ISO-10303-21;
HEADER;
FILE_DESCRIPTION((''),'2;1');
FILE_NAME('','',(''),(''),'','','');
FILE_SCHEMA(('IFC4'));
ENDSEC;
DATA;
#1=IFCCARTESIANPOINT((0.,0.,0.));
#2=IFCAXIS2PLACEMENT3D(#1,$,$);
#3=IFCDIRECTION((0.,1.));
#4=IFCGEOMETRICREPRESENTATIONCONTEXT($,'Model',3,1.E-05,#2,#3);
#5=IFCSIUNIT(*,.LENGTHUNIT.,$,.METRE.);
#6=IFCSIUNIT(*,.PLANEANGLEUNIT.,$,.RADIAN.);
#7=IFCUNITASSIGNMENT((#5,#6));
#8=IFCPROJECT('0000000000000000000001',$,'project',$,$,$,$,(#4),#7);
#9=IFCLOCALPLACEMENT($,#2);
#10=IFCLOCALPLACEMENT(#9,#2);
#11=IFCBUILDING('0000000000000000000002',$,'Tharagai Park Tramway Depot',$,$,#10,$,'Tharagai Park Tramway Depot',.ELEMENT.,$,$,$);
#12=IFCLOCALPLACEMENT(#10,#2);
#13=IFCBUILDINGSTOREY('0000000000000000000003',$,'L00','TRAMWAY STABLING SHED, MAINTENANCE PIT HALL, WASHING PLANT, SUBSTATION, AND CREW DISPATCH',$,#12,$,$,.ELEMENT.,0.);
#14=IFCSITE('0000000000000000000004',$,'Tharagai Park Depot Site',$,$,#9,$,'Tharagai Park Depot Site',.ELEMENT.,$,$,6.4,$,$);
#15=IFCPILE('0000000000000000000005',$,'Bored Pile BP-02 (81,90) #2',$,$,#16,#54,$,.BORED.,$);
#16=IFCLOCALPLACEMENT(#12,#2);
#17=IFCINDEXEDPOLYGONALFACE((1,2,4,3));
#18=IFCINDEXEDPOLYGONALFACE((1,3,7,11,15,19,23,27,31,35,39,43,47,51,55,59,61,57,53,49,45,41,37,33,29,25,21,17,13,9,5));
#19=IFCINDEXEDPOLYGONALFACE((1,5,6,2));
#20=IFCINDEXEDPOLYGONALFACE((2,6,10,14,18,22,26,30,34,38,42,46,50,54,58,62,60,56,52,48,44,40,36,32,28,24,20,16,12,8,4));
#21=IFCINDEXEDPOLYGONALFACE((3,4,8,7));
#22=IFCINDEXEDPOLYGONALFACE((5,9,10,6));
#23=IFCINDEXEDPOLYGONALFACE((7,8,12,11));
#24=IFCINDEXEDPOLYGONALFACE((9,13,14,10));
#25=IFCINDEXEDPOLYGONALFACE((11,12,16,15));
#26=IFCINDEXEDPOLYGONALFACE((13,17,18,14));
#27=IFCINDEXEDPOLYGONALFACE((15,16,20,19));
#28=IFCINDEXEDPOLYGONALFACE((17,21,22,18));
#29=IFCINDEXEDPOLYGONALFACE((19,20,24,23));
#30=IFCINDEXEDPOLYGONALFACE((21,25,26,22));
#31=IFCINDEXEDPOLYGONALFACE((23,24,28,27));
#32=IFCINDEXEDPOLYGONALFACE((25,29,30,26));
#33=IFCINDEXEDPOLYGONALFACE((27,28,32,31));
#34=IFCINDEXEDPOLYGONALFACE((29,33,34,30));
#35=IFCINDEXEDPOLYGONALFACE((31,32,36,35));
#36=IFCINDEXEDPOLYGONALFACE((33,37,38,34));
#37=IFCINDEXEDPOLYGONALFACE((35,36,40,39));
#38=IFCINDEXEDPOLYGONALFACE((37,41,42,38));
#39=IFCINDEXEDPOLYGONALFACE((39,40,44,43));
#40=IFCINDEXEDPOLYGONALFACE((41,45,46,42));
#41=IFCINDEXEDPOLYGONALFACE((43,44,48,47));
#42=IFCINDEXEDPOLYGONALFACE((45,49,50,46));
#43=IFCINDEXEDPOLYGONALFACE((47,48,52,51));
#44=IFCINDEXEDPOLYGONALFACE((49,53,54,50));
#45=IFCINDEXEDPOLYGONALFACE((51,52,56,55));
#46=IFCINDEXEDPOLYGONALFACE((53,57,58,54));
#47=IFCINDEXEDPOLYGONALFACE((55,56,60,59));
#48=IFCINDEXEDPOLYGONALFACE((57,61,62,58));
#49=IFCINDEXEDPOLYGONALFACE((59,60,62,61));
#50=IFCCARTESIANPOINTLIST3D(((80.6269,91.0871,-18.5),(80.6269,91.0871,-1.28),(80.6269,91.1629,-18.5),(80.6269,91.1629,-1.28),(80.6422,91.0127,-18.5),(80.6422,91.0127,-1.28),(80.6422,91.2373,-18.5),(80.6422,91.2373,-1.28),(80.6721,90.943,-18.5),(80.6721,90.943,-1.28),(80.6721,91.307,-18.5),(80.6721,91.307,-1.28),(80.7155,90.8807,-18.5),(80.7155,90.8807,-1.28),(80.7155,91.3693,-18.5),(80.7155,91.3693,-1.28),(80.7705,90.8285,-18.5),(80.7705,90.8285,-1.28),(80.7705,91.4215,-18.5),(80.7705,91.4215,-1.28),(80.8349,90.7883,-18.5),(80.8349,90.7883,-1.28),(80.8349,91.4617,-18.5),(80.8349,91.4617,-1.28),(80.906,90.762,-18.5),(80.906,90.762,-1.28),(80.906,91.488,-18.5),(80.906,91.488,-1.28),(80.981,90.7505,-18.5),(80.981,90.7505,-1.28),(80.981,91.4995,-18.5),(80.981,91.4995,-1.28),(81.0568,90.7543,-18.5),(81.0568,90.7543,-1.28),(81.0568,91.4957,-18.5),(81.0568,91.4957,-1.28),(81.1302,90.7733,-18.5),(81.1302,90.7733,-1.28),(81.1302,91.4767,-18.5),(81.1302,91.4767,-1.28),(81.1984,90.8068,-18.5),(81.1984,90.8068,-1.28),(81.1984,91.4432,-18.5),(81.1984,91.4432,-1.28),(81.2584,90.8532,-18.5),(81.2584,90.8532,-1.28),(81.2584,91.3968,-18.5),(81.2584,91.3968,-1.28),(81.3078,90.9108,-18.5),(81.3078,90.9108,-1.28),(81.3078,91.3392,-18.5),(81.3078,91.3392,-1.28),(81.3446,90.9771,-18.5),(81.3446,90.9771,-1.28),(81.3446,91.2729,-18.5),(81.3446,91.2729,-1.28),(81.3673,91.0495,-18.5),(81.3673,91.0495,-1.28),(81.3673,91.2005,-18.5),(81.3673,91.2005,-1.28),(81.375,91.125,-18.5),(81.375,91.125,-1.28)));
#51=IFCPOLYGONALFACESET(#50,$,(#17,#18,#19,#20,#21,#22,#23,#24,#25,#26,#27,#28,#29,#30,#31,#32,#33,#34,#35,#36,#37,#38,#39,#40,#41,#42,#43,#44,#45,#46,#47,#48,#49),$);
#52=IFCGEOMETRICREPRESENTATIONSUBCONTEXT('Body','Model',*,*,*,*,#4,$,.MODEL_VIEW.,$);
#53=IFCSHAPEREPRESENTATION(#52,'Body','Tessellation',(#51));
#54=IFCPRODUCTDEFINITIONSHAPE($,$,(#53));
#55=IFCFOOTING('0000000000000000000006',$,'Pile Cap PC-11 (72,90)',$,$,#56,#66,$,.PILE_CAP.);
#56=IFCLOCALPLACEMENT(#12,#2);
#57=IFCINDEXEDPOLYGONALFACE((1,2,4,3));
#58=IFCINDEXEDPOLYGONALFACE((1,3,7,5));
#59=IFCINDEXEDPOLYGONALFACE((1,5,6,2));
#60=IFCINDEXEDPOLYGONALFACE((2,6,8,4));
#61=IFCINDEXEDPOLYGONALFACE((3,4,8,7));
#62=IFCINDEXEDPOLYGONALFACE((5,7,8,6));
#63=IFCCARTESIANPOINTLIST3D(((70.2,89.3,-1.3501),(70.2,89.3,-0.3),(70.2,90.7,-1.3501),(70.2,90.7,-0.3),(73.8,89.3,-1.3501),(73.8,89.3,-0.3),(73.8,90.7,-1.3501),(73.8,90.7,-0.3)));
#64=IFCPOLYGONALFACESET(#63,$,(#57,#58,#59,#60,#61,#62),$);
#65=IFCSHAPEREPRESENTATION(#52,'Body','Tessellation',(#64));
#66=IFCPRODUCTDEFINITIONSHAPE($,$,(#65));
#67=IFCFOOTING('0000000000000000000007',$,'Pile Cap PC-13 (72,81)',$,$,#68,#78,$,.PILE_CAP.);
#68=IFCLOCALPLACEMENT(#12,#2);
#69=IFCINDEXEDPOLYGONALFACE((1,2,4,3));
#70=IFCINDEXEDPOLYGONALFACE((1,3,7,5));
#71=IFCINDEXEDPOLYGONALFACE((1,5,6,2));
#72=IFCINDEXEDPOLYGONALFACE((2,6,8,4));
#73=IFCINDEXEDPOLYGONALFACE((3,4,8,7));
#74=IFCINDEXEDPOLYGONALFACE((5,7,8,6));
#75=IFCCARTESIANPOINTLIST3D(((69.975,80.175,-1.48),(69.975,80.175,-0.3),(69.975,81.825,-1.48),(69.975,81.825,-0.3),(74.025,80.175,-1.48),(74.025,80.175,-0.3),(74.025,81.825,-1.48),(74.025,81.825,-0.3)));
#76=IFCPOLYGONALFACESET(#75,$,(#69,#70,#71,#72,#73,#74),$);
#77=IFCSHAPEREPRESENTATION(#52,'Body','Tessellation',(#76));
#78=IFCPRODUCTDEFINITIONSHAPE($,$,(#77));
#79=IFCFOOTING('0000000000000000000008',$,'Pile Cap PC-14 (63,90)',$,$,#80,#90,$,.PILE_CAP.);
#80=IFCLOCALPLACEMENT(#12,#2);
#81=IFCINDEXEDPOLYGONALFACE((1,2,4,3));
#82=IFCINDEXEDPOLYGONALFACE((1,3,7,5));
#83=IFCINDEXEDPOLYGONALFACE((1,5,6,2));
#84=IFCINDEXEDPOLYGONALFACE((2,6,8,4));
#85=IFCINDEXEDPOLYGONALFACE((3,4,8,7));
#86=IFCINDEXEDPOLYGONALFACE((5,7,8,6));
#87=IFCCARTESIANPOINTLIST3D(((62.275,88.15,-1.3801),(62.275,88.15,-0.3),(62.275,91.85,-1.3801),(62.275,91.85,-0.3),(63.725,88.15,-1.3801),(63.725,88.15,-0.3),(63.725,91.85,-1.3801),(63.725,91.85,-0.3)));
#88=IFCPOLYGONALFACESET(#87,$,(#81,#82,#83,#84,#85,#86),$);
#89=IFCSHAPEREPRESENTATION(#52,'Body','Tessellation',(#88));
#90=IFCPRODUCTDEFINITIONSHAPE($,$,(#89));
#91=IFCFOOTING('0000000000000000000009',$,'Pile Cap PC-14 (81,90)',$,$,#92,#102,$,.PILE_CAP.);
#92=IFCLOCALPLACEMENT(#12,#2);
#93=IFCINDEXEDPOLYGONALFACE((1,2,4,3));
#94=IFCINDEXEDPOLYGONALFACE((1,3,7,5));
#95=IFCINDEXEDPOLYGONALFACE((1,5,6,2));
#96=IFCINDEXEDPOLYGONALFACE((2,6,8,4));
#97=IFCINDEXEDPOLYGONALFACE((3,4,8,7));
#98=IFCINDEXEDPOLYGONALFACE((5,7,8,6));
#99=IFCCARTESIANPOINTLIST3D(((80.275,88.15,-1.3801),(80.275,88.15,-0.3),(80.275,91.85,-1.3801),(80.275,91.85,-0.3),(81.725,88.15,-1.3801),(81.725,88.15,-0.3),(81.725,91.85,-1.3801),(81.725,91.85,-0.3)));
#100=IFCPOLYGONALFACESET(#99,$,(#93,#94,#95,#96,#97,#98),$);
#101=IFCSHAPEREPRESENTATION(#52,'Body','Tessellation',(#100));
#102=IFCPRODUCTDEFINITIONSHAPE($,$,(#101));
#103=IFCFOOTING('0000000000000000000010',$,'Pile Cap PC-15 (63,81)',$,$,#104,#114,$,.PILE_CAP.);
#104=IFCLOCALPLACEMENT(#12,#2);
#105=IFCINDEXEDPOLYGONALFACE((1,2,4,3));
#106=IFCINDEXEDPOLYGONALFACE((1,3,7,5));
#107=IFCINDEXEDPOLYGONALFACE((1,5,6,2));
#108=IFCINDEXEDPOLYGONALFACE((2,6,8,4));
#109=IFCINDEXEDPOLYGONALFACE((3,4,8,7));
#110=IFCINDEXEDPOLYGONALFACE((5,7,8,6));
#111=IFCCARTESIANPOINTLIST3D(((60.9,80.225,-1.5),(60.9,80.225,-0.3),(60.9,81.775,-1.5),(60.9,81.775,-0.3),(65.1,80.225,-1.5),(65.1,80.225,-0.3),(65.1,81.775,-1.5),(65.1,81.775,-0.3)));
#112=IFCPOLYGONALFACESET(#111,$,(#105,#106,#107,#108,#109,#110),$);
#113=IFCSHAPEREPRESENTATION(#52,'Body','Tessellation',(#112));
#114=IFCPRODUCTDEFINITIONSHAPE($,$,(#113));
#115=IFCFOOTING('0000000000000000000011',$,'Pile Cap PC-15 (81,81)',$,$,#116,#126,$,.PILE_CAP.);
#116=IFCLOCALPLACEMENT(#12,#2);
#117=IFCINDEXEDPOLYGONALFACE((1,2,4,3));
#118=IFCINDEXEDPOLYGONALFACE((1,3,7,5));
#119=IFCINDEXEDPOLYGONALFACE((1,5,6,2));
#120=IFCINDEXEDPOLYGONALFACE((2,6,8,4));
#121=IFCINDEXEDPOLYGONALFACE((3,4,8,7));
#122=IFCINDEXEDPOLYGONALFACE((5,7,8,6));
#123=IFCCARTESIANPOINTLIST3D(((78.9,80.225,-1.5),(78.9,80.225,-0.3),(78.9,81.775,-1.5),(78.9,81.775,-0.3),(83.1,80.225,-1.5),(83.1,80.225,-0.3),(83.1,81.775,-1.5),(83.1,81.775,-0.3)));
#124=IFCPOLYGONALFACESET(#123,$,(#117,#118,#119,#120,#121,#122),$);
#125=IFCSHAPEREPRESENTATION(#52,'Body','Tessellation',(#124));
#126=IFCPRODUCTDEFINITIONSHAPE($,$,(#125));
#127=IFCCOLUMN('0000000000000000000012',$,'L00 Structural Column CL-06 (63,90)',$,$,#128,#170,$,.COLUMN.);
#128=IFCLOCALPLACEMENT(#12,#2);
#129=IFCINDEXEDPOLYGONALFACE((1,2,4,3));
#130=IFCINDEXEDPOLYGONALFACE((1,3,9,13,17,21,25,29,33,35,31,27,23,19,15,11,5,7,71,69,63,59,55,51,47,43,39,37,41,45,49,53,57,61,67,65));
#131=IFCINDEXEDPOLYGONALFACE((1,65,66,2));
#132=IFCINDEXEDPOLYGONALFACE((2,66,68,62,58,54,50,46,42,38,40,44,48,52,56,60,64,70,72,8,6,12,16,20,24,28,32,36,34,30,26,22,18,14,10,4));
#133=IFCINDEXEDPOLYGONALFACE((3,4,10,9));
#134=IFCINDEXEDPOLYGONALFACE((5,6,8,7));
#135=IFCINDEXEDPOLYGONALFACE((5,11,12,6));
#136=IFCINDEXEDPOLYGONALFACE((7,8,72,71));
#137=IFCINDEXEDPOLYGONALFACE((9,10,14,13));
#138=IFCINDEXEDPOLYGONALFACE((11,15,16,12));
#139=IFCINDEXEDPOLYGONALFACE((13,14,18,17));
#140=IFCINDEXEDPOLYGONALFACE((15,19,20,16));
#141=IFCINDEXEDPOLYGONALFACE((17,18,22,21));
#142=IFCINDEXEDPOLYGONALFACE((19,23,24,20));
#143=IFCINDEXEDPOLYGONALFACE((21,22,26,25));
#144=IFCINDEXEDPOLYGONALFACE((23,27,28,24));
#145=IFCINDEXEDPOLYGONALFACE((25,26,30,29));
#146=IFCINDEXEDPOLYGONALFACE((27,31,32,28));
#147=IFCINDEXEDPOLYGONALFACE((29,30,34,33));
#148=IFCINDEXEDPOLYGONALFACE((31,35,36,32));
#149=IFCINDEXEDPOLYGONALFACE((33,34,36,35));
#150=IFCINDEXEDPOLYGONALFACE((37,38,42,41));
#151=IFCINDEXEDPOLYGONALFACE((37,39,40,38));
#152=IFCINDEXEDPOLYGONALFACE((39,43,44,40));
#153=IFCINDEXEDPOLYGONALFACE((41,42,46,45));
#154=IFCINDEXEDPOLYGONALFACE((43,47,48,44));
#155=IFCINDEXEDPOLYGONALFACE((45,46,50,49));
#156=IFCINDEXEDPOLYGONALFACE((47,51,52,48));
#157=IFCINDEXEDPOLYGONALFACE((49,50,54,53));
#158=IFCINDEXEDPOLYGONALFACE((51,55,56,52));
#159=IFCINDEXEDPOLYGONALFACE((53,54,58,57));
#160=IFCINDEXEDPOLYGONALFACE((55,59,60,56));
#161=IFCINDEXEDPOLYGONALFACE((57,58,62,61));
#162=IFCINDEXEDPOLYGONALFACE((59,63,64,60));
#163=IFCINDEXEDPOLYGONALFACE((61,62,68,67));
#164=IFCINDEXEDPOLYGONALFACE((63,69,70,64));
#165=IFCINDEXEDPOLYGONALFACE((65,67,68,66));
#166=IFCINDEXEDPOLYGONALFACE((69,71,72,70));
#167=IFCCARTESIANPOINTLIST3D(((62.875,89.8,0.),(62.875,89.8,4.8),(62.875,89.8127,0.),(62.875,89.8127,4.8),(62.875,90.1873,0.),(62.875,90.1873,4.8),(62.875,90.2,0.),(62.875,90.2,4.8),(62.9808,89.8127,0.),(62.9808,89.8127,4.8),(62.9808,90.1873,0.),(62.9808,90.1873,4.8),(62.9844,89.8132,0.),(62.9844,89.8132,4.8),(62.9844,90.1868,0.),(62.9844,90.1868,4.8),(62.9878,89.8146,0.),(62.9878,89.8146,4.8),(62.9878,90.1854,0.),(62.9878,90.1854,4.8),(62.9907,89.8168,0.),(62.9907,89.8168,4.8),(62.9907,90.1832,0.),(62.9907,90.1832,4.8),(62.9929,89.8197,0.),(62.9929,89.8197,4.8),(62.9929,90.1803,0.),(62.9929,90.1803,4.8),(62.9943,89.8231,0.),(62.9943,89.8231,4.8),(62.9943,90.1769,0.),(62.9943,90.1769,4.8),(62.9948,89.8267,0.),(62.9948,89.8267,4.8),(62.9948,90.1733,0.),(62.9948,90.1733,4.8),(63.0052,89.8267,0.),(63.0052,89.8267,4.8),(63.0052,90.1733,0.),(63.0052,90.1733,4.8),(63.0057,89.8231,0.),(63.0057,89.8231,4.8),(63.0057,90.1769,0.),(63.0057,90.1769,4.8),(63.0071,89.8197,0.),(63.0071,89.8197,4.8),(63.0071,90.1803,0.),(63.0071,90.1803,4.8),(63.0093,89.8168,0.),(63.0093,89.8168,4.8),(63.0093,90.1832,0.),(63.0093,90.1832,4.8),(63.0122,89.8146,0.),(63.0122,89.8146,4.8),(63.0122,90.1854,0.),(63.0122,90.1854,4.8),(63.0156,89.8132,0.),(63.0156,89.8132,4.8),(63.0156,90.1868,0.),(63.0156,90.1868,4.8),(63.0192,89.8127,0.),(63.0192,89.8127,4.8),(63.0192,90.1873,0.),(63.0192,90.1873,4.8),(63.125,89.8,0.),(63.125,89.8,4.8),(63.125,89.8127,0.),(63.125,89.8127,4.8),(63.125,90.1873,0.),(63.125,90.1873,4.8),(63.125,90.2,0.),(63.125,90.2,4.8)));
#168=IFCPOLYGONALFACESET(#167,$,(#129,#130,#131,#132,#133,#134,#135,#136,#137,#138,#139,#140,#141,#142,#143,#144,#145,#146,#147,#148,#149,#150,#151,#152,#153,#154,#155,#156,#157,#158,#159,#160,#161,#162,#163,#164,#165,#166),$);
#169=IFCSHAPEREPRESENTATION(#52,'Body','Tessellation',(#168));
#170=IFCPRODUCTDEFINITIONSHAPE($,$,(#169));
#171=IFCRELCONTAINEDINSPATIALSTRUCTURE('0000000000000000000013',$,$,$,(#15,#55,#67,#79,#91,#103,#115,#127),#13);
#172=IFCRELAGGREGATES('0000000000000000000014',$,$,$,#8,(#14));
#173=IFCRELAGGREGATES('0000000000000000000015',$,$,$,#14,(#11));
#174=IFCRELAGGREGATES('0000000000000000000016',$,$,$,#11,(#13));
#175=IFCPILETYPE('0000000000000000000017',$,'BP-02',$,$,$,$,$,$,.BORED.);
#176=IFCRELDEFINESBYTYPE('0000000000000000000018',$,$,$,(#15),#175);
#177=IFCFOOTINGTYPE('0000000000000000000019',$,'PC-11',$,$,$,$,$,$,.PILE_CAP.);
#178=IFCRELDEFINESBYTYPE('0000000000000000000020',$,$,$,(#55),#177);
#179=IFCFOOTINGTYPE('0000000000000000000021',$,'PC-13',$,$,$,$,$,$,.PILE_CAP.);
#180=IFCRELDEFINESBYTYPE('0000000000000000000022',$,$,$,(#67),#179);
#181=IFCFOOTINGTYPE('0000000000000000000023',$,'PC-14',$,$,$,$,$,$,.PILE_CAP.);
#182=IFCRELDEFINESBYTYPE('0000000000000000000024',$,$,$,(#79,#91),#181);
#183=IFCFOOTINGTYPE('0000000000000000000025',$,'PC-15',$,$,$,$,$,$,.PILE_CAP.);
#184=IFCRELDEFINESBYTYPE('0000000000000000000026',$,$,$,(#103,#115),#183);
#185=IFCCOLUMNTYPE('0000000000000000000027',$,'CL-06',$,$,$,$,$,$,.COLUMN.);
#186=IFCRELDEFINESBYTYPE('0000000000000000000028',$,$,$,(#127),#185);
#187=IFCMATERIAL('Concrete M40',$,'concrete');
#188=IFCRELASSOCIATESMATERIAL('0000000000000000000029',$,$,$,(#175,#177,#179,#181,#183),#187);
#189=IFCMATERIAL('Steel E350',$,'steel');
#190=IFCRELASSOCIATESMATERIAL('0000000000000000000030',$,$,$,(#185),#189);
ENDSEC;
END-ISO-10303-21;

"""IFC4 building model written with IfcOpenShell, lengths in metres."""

from ifc_helpers import new_model, si_unit, direction, frame, origin, origin_2d, place, context, subcontext, project, spatial, rectangle, circle, i_section, extrude, material, material_profile, profile_set, type_object, element, save


model = new_model("IFC4")

# Units and contexts
model_context = context("Model", 3, precision=1e-05, world=origin(), true_north=direction((0.0, 1.0)))
body_context = subcontext(model_context, "Body", "Model", "MODEL_VIEW")
ifc_project = project(units=[si_unit("LENGTHUNIT", "METRE"), si_unit("PLANEANGLEUNIT", "RADIAN")], contexts=[model_context])

# Site, building, storey
site_placement = place(None, origin())
site = spatial("IfcSite", under=ifc_project, at=site_placement, Name="Tharagai Park Depot Site", LongName="Tharagai Park Depot Site", CompositionType="ELEMENT", RefElevation=6.4)
building_placement = place(site_placement, origin())
building = spatial("IfcBuilding", under=site, at=building_placement, Name="Tharagai Park Tramway Depot", LongName="Tharagai Park Tramway Depot", CompositionType="ELEMENT")
storey_placement = place(building_placement, origin())
storey = spatial("IfcBuildingStorey", under=building, at=storey_placement, Name="L00", Description="TRAMWAY STABLING SHED, MAINTENANCE PIT HALL, WASHING PLANT, SUBSTATION, AND CREW DISPATCH", CompositionType="ELEMENT", Elevation=0.0)

# Pile
ifc_material_1 = material(Name="Concrete M40", Category="concrete")
ifc_material_profile_1 = material_profile(ifc_material_1, circle(Radius=0.375, at=origin_2d()), Name="PILE D750")
ifc_profile_set_1 = profile_set([ifc_material_profile_1], Name="Concrete M40")
pile_type_1 = type_object("IfcPileType", Name="BP-02", PredefinedType="BORED", material=ifc_profile_set_1)
for number, where, z_axis, x_axis, name in (
    (1, (81.0, 91.125, -1.28), (0.0, 0.0, -1.0), (1.0, 0.0, 0.0), "Bored Pile BP-02 (81,90) #2"),
):
    element("IfcPile", number, at=place(storey_placement, frame(where, z_axis=z_axis, x_axis=x_axis)), inside=storey, type_object=pile_type_1, Name=name, PredefinedType="BORED", context=body_context, shape_type="SweptSolid", body=[
        extrude(circle(Radius=0.375, at=origin_2d()), origin(), (0.0, 0.0, 1.0), 17.22),
    ])

# Footings
footing_type_1 = type_object("IfcFootingType", Name="PC-11", PredefinedType="PILE_CAP", material=ifc_material_1)
footing_1_placement = place(storey_placement, frame((72.0, 90.0, -1.3501), z_axis=(0.0, 0.0, 1.0), x_axis=(1.0, 0.0, 0.0)))
element("IfcFooting", 2, at=footing_1_placement, inside=storey, type_object=footing_type_1, Name="Pile Cap PC-11 (72,90)", PredefinedType="PILE_CAP", context=body_context, shape_type="SweptSolid", body=[
    extrude(rectangle(XDim=3.6001, YDim=1.3999, at=origin_2d()), origin(), (0.0, 0.0, 1.0), 1.05),
])
footing_type_2 = type_object("IfcFootingType", Name="PC-13", PredefinedType="PILE_CAP", material=ifc_material_1)
footing_2_placement = place(storey_placement, frame((72.0, 81.0, -1.48), z_axis=(0.0, 0.0, 1.0), x_axis=(1.0, 0.0, 0.0)))
element("IfcFooting", 3, at=footing_2_placement, inside=storey, type_object=footing_type_2, Name="Pile Cap PC-13 (72,81)", PredefinedType="PILE_CAP", context=body_context, shape_type="SweptSolid", body=[
    extrude(rectangle(XDim=4.05, YDim=1.6499, at=origin_2d()), origin(), (0.0, 0.0, 1.0), 1.1799),
])
footing_type_3 = type_object("IfcFootingType", Name="PC-14", PredefinedType="PILE_CAP", material=ifc_material_1)
for number, where, z_axis, x_axis, name in (
    (4, (63.0, 90.0, -1.3801), (0.0, 0.0, 1.0), (1.0, 0.0, 0.0), "Pile Cap PC-14 (63,90)"),
    (5, (81.0, 90.0, -1.3801), (0.0, 0.0, 1.0), (1.0, 0.0, 0.0), "Pile Cap PC-14 (81,90)"),
):
    element("IfcFooting", number, at=place(storey_placement, frame(where, z_axis=z_axis, x_axis=x_axis)), inside=storey, type_object=footing_type_3, Name=name, PredefinedType="PILE_CAP", context=body_context, shape_type="SweptSolid", body=[
        extrude(rectangle(XDim=1.45, YDim=3.7, at=origin_2d()), origin(), (0.0, 0.0, 1.0), 1.0801),
    ])
footing_type_4 = type_object("IfcFootingType", Name="PC-15", PredefinedType="PILE_CAP", material=ifc_material_1)
for number, where, z_axis, x_axis, name in (
    (6, (63.0, 81.0, -1.5), (0.0, 0.0, 1.0), (1.0, 0.0, 0.0), "Pile Cap PC-15 (63,81)"),
    (7, (81.0, 81.0, -1.5), (0.0, 0.0, 1.0), (1.0, 0.0, 0.0), "Pile Cap PC-15 (81,81)"),
):
    element("IfcFooting", number, at=place(storey_placement, frame(where, z_axis=z_axis, x_axis=x_axis)), inside=storey, type_object=footing_type_4, Name=name, PredefinedType="PILE_CAP", context=body_context, shape_type="SweptSolid", body=[
        extrude(rectangle(XDim=4.2, YDim=1.55, at=origin_2d()), origin(), (0.0, 0.0, 1.0), 1.2),
    ])

# Column
ifc_material_2 = material(Name="Steel E350", Category="steel")
ifc_material_profile_2 = material_profile(ifc_material_2, i_section(OverallWidth=0.25, OverallDepth=0.3999, WebThickness=0.0105, FlangeThickness=0.0127, FilletRadius=0.0139, at=origin_2d()), Name="ISHB 400")
ifc_profile_set_2 = profile_set([ifc_material_profile_2], Name="Steel E350")
column_type_1 = type_object("IfcColumnType", Name="CL-06", PredefinedType="COLUMN", material=ifc_profile_set_2)
for number, where, z_axis, x_axis, name in (
    (8, (63.0, 90.0, 0.0), (0.0, 0.0, 1.0), (1.0, 0.0, 0.0), "L00 Structural Column CL-06 (63,90)"),
):
    element("IfcColumn", number, at=place(storey_placement, frame(where, z_axis=z_axis, x_axis=x_axis)), inside=storey, type_object=column_type_1, Name=name, PredefinedType="COLUMN", context=body_context, shape_type="SweptSolid", body=[
        extrude(i_section(OverallWidth=0.25, OverallDepth=0.3999, WebThickness=0.0105, FlangeThickness=0.0127, FilletRadius=0.0139, at=origin_2d()), origin(), (0.0, 0.0, 1.0), 4.8),
    ])

save(model, "model.ifc")
